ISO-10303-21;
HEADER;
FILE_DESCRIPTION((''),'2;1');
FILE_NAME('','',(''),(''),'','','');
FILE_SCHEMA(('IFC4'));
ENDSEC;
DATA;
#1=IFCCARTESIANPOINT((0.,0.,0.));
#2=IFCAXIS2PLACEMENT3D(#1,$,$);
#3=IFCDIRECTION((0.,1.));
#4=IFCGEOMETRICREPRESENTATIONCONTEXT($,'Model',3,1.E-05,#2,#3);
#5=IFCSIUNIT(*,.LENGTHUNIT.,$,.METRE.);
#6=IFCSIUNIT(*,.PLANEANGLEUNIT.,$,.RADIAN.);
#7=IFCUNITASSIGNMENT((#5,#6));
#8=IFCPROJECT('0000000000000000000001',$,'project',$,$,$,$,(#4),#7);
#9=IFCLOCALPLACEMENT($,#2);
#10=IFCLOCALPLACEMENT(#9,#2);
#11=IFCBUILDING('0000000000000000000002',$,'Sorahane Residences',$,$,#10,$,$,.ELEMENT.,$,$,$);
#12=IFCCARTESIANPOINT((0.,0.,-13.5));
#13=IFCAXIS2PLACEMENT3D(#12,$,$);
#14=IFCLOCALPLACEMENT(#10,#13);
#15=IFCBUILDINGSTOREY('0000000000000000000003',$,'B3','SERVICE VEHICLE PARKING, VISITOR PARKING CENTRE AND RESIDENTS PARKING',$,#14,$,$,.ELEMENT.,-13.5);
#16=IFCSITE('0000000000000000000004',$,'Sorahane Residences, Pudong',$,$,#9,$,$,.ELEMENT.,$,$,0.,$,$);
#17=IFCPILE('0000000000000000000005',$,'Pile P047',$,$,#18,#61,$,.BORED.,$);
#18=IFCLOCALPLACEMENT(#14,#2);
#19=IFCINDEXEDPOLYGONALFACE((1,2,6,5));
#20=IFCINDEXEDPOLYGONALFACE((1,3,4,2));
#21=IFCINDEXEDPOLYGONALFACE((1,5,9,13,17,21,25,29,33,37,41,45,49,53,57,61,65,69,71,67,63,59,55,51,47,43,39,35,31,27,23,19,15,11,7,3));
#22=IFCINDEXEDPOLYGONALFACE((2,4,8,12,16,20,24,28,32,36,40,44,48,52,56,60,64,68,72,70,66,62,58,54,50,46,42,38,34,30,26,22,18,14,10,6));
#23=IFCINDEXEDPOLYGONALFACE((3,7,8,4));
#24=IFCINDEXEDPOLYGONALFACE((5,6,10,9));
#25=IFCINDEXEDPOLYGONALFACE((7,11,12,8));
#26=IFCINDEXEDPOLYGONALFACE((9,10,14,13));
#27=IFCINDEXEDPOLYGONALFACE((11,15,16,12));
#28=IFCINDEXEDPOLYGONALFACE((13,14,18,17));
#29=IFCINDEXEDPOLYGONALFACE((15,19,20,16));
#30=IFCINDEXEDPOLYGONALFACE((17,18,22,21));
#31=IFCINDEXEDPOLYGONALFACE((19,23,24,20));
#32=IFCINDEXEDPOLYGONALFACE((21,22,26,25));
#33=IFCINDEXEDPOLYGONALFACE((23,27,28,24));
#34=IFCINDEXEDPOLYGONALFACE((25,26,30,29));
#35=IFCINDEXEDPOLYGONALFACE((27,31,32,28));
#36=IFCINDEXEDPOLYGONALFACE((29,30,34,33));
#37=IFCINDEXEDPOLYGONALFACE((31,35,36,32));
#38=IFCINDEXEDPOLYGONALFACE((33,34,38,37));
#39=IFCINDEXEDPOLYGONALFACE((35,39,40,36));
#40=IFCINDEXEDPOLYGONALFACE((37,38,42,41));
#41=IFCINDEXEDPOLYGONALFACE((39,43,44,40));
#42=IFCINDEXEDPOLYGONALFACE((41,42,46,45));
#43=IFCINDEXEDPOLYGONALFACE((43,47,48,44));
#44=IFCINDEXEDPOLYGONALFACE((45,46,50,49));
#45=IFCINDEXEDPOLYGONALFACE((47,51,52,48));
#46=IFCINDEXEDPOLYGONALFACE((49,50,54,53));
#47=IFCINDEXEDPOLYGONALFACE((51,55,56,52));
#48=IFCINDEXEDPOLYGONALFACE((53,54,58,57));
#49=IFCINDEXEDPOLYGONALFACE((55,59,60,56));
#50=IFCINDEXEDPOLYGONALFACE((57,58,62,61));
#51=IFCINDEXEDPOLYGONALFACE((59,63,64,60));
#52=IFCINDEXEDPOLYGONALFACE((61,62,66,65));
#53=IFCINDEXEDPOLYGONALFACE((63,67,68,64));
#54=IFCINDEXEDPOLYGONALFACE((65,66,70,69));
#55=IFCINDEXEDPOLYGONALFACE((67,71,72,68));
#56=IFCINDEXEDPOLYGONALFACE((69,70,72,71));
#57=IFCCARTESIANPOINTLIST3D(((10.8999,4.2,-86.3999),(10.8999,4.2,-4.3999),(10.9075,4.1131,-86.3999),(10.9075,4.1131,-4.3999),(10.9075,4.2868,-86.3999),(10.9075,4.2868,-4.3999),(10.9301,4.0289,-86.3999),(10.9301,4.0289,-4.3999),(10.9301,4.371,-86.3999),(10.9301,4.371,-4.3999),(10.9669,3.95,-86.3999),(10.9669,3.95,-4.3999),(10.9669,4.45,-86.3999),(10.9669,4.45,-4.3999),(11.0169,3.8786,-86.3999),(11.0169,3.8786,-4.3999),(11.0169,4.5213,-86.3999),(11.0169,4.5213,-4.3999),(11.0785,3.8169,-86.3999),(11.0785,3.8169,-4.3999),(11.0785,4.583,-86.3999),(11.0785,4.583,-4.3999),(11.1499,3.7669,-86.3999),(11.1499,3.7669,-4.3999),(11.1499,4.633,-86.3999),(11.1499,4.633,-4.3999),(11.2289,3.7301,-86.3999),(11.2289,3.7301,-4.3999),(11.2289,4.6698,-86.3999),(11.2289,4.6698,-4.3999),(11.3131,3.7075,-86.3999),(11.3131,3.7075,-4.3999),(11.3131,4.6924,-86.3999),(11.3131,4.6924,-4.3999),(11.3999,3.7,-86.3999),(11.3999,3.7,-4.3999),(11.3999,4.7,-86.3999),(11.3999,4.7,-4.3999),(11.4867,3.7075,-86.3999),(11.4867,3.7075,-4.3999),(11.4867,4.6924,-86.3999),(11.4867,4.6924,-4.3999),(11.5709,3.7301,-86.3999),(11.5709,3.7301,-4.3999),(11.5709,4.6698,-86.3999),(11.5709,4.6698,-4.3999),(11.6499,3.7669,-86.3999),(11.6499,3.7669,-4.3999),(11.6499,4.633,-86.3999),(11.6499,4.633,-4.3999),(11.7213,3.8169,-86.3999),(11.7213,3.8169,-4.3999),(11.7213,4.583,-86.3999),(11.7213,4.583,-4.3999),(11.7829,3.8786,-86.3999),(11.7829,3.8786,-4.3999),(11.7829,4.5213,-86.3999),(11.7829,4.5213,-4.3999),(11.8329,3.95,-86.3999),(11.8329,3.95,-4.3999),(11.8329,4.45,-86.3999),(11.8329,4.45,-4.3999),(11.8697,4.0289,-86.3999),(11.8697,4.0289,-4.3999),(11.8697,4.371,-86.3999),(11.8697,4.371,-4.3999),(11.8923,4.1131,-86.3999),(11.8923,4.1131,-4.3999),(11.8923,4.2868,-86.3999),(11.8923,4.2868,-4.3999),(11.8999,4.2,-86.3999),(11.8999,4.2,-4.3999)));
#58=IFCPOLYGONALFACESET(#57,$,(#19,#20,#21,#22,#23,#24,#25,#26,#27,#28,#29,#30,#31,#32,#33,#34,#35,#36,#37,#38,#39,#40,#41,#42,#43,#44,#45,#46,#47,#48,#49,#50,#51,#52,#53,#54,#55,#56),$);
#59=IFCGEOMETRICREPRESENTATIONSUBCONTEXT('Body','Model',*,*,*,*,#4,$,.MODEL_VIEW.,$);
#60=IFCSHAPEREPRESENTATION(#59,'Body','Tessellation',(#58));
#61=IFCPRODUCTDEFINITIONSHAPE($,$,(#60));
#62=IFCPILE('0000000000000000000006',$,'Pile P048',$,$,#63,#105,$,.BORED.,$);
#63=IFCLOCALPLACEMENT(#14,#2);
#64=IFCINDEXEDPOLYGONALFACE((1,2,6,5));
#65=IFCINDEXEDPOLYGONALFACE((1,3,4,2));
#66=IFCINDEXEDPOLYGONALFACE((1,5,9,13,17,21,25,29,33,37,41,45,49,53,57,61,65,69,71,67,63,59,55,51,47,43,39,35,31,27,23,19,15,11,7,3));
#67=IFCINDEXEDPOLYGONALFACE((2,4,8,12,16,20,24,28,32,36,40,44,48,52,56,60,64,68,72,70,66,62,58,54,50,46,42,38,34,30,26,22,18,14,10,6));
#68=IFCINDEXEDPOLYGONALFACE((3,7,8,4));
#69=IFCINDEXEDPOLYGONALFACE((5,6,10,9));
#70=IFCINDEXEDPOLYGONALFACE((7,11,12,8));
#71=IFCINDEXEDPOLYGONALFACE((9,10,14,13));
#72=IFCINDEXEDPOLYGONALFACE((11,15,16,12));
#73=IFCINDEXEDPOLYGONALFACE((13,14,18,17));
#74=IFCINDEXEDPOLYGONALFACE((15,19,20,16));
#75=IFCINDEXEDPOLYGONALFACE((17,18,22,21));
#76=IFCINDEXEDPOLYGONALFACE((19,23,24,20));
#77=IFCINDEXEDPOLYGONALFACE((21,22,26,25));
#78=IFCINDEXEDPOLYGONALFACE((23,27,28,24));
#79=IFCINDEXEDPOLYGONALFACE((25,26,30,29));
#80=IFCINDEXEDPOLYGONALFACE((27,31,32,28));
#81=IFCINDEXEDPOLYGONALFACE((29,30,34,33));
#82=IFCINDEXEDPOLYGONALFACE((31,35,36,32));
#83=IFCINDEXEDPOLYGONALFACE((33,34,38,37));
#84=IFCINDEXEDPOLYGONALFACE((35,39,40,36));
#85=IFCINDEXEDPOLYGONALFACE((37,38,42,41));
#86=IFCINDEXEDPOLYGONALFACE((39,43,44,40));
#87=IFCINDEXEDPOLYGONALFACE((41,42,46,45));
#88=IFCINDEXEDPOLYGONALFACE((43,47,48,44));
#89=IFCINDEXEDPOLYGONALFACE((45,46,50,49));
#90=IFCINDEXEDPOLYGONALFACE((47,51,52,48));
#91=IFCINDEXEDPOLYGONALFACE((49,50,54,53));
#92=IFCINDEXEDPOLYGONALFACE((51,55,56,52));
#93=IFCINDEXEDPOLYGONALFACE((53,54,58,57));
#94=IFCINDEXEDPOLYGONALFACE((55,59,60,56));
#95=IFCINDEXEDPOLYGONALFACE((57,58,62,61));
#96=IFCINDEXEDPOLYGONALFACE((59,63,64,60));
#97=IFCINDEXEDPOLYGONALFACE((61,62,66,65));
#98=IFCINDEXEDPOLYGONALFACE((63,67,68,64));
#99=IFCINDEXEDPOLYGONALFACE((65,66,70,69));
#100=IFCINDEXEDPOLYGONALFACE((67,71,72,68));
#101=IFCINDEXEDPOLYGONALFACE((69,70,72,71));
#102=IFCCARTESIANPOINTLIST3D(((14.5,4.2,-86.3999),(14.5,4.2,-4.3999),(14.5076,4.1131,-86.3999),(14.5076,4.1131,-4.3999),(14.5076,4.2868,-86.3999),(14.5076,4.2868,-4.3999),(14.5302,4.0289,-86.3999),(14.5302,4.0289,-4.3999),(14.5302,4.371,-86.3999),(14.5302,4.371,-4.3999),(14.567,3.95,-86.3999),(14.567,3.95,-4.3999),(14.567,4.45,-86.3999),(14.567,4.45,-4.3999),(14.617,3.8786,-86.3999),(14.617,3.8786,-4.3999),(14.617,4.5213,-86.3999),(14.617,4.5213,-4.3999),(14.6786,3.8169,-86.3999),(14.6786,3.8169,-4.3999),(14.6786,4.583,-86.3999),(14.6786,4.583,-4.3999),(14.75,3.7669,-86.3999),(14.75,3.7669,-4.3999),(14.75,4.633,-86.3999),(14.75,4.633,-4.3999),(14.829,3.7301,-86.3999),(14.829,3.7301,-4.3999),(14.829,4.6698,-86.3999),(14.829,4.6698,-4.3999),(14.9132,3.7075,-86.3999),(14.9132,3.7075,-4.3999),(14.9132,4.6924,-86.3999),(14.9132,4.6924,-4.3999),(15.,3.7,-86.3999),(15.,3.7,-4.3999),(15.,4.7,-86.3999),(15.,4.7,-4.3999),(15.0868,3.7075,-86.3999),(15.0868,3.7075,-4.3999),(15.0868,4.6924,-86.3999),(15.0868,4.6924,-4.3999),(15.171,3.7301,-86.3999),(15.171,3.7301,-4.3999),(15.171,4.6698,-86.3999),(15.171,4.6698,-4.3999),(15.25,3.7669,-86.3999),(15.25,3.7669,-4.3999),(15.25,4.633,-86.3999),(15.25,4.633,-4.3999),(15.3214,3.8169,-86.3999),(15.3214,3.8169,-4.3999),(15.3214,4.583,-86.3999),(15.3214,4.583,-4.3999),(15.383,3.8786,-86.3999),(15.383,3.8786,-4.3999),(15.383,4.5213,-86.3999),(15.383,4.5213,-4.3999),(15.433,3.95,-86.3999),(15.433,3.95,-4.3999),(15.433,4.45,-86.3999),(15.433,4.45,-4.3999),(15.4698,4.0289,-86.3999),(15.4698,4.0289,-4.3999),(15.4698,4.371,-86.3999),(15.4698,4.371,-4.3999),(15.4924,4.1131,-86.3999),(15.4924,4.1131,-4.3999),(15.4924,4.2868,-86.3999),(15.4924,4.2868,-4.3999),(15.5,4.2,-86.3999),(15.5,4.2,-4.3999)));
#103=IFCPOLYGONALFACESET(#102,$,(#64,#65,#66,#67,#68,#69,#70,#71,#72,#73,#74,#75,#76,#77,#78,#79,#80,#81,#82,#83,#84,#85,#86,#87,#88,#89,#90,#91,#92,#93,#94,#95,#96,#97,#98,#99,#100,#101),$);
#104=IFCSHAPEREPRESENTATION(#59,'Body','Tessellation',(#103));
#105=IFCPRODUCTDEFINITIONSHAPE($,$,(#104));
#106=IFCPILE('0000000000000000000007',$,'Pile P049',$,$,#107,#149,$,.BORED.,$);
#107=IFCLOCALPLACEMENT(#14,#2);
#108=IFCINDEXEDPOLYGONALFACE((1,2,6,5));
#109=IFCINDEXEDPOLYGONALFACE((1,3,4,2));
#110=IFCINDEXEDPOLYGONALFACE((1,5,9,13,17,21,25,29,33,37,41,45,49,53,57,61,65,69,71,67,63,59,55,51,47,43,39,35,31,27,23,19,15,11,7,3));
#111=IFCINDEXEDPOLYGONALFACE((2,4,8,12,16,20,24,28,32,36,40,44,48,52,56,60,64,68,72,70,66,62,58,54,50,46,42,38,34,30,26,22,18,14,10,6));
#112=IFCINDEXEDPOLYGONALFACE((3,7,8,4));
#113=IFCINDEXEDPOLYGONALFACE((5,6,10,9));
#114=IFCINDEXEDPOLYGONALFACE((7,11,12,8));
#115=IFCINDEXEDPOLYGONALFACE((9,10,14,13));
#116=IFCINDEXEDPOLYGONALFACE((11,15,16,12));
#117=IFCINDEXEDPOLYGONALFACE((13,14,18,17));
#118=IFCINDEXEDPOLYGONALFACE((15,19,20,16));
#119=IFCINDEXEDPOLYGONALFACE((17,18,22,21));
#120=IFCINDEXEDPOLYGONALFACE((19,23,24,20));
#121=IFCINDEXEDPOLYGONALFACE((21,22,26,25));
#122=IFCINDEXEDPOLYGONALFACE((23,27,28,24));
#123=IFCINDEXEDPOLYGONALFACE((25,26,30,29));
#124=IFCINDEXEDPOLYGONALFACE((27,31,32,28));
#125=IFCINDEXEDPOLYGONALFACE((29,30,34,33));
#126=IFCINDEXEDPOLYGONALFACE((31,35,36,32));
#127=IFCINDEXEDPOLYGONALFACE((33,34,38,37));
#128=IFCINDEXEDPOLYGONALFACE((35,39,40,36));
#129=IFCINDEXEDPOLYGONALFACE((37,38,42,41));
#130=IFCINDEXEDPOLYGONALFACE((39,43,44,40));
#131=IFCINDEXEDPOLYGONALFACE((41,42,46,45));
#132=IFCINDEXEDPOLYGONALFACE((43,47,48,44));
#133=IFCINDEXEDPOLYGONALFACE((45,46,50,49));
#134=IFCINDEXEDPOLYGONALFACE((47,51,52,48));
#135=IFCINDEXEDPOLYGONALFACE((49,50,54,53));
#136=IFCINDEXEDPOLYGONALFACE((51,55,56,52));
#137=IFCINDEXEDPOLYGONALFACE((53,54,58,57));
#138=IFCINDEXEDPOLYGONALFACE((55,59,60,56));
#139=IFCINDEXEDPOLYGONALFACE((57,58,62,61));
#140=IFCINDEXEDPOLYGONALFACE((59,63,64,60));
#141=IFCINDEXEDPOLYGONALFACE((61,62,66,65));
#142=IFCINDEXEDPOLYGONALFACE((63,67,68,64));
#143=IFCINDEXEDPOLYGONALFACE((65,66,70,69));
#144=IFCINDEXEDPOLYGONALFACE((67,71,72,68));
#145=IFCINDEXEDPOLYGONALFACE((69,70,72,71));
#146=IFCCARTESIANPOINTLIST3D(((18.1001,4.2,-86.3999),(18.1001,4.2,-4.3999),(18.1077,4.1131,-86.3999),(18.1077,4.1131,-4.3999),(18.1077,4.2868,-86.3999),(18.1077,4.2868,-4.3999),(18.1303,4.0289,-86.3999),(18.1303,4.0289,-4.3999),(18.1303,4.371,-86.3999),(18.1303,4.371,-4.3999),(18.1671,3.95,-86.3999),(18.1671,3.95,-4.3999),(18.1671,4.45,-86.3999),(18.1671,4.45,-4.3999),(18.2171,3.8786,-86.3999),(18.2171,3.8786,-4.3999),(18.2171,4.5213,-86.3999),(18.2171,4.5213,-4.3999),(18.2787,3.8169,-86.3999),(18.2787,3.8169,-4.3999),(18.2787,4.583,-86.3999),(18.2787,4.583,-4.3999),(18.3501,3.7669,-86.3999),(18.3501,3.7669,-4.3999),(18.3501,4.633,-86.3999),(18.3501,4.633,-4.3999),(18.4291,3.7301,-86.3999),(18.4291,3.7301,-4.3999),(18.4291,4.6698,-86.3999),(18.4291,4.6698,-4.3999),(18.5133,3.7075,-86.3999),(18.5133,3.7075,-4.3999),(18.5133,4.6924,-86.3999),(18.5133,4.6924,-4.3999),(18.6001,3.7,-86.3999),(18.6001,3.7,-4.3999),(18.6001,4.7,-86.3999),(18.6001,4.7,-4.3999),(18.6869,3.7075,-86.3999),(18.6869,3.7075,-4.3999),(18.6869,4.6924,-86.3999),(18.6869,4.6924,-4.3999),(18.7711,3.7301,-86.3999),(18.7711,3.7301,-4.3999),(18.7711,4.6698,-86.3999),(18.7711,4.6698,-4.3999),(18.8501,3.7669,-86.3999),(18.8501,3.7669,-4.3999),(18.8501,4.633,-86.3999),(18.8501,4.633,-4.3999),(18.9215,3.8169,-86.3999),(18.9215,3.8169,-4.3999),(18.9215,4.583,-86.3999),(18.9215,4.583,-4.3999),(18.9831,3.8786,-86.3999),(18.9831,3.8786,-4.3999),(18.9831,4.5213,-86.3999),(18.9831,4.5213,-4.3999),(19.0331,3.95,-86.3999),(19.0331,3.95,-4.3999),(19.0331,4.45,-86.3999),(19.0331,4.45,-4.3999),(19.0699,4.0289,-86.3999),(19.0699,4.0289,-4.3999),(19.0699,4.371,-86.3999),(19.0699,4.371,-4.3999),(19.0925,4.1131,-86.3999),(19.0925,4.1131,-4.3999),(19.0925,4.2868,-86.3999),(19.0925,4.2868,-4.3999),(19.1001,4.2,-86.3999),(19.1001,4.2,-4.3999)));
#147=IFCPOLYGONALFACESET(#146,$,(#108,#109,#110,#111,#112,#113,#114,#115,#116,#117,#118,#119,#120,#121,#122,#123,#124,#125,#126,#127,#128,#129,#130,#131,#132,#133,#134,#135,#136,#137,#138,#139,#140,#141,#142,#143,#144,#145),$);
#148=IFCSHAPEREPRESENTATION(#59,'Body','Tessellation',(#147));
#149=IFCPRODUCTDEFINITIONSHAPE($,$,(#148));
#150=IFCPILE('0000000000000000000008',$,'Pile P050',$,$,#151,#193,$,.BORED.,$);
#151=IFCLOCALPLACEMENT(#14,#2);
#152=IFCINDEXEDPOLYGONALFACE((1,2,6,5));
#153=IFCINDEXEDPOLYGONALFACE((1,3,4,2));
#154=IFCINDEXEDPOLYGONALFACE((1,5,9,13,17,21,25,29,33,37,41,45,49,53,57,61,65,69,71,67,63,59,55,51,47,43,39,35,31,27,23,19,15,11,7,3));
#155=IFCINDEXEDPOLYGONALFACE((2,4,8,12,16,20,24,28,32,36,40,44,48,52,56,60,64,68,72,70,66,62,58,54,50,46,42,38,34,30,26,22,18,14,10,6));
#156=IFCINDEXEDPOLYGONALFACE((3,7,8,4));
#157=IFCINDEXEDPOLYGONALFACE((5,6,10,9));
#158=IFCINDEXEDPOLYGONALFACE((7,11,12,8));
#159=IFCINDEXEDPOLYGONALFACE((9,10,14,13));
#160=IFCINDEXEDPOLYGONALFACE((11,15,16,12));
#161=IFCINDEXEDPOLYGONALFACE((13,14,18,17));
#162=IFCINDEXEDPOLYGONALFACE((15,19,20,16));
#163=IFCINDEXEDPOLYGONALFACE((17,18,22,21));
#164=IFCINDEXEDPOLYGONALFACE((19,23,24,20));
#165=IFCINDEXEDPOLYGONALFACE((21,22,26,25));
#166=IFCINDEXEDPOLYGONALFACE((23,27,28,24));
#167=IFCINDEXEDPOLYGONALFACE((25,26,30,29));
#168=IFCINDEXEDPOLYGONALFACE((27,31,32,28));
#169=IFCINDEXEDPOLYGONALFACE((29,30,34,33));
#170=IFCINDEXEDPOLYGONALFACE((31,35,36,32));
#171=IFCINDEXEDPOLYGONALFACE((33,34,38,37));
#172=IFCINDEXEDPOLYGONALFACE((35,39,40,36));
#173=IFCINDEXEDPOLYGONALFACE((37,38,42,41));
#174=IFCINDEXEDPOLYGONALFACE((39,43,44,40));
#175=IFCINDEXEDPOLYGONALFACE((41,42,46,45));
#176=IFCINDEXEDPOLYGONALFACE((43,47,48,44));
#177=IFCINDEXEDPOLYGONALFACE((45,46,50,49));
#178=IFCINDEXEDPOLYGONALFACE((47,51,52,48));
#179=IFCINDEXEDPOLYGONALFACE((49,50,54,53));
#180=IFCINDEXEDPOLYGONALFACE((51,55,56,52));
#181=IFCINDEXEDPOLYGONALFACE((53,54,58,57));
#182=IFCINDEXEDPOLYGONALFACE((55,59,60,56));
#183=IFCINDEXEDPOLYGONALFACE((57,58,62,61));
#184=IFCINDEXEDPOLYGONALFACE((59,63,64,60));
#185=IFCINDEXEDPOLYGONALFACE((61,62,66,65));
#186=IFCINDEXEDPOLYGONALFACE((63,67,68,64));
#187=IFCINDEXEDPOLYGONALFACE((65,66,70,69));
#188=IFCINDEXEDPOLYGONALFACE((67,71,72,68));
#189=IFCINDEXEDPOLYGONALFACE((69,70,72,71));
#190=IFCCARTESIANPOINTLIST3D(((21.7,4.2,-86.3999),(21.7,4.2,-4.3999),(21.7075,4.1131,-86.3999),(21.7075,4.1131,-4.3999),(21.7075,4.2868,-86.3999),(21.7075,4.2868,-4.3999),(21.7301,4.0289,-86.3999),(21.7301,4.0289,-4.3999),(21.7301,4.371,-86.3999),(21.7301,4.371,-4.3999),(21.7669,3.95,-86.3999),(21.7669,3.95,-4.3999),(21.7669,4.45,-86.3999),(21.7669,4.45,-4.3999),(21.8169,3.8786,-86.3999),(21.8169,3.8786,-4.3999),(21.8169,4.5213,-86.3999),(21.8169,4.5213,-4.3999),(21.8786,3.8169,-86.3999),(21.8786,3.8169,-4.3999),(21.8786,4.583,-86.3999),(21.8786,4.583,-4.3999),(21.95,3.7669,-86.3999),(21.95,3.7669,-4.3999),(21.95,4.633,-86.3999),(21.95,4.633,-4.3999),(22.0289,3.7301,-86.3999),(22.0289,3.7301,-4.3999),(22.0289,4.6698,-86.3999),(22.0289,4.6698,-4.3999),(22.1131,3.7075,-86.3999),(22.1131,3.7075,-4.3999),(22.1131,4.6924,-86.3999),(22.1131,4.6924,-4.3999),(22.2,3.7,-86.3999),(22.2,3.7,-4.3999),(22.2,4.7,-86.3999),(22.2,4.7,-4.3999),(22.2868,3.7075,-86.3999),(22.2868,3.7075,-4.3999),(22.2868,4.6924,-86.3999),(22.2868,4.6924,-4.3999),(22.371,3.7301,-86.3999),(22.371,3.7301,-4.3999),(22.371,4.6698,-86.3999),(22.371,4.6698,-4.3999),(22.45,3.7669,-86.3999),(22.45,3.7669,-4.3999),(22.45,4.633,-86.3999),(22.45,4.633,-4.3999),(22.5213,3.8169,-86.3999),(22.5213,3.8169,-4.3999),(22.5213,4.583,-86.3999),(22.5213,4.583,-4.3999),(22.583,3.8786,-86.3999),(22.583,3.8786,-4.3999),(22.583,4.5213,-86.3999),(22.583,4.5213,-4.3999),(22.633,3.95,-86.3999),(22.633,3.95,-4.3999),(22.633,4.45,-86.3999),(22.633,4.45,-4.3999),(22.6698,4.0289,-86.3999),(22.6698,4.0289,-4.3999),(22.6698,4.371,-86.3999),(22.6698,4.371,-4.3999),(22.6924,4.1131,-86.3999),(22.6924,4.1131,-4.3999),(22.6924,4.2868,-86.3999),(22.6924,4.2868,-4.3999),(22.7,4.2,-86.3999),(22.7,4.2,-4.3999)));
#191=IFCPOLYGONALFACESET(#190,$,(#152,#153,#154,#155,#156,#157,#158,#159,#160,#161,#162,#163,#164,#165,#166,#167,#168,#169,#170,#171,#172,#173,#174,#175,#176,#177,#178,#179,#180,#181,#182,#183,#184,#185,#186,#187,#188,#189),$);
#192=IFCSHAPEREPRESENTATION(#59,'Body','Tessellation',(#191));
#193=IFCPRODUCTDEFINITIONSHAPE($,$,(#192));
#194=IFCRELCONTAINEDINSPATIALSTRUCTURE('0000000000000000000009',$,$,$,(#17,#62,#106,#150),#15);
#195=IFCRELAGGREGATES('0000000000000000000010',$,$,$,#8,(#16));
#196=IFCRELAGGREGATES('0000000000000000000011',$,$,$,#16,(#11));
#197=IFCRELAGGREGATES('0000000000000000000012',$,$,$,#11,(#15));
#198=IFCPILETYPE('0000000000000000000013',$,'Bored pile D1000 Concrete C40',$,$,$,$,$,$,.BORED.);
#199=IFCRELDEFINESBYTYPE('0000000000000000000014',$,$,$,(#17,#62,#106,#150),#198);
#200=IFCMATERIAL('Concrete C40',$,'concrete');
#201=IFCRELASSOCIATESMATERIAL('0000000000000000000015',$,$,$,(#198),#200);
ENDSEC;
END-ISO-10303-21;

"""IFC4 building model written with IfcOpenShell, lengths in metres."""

from ifc_helpers import new_model, si_unit, direction, frame, origin, origin_2d, place, context, subcontext, project, spatial, circle, extrude, material, material_profile, profile_set, type_object, element, save


model = new_model("IFC4")

# Units and contexts
model_context = context("Model", 3, precision=1e-05, world=origin(), true_north=direction((0.0, 1.0)))
body_context = subcontext(model_context, "Body", "Model", "MODEL_VIEW")
ifc_project = project(units=[si_unit("LENGTHUNIT", "METRE"), si_unit("PLANEANGLEUNIT", "RADIAN")], contexts=[model_context])

# Site, building, storey
site_placement = place(None, origin())
site = spatial("IfcSite", under=ifc_project, at=site_placement, Name="Sorahane Residences, Pudong", CompositionType="ELEMENT", RefElevation=0.0)
building_placement = place(site_placement, origin())
building = spatial("IfcBuilding", under=site, at=building_placement, Name="Sorahane Residences", CompositionType="ELEMENT")
storey_placement = place(building_placement, frame((0.0, 0.0, -13.5)))
storey = spatial("IfcBuildingStorey", under=building, at=storey_placement, Name="B3", Description="SERVICE VEHICLE PARKING, VISITOR PARKING CENTRE AND RESIDENTS PARKING", CompositionType="ELEMENT", Elevation=-13.5)

# Piles
ifc_material_1 = material(Name="Concrete C40", Category="concrete")
ifc_material_profile_1 = material_profile(ifc_material_1, circle(Radius=0.5, at=origin_2d()), Name="D1000")
ifc_profile_set_1 = profile_set([ifc_material_profile_1], Name="Concrete C40")
pile_type = type_object("IfcPileType", Name="Bored pile D1000 Concrete C40", PredefinedType="BORED", material=ifc_profile_set_1)
for number, where, z_axis, x_axis, name in (
    (1, (11.3999, 4.2, -4.3999), (0.0, 0.0, -1.0), (1.0, 0.0, 0.0), "Pile P047"),
    (2, (15.0, 4.2, -4.3999), (0.0, 0.0, -1.0), (1.0, 0.0, 0.0), "Pile P048"),
    (3, (18.6001, 4.2, -4.3999), (0.0, 0.0, -1.0), (1.0, 0.0, 0.0), "Pile P049"),
    (4, (22.2, 4.2, -4.3999), (0.0, 0.0, -1.0), (1.0, 0.0, 0.0), "Pile P050"),
):
    element("IfcPile", number, at=place(storey_placement, frame(where, z_axis=z_axis, x_axis=x_axis)), inside=storey, type_object=pile_type, Name=name, PredefinedType="BORED", context=body_context, shape_type="SweptSolid", body=[
        extrude(circle(Radius=0.5, at=origin_2d()), origin(), (0.0, 0.0, 1.0), 82.0),
    ])

save(model, "model.ifc")
